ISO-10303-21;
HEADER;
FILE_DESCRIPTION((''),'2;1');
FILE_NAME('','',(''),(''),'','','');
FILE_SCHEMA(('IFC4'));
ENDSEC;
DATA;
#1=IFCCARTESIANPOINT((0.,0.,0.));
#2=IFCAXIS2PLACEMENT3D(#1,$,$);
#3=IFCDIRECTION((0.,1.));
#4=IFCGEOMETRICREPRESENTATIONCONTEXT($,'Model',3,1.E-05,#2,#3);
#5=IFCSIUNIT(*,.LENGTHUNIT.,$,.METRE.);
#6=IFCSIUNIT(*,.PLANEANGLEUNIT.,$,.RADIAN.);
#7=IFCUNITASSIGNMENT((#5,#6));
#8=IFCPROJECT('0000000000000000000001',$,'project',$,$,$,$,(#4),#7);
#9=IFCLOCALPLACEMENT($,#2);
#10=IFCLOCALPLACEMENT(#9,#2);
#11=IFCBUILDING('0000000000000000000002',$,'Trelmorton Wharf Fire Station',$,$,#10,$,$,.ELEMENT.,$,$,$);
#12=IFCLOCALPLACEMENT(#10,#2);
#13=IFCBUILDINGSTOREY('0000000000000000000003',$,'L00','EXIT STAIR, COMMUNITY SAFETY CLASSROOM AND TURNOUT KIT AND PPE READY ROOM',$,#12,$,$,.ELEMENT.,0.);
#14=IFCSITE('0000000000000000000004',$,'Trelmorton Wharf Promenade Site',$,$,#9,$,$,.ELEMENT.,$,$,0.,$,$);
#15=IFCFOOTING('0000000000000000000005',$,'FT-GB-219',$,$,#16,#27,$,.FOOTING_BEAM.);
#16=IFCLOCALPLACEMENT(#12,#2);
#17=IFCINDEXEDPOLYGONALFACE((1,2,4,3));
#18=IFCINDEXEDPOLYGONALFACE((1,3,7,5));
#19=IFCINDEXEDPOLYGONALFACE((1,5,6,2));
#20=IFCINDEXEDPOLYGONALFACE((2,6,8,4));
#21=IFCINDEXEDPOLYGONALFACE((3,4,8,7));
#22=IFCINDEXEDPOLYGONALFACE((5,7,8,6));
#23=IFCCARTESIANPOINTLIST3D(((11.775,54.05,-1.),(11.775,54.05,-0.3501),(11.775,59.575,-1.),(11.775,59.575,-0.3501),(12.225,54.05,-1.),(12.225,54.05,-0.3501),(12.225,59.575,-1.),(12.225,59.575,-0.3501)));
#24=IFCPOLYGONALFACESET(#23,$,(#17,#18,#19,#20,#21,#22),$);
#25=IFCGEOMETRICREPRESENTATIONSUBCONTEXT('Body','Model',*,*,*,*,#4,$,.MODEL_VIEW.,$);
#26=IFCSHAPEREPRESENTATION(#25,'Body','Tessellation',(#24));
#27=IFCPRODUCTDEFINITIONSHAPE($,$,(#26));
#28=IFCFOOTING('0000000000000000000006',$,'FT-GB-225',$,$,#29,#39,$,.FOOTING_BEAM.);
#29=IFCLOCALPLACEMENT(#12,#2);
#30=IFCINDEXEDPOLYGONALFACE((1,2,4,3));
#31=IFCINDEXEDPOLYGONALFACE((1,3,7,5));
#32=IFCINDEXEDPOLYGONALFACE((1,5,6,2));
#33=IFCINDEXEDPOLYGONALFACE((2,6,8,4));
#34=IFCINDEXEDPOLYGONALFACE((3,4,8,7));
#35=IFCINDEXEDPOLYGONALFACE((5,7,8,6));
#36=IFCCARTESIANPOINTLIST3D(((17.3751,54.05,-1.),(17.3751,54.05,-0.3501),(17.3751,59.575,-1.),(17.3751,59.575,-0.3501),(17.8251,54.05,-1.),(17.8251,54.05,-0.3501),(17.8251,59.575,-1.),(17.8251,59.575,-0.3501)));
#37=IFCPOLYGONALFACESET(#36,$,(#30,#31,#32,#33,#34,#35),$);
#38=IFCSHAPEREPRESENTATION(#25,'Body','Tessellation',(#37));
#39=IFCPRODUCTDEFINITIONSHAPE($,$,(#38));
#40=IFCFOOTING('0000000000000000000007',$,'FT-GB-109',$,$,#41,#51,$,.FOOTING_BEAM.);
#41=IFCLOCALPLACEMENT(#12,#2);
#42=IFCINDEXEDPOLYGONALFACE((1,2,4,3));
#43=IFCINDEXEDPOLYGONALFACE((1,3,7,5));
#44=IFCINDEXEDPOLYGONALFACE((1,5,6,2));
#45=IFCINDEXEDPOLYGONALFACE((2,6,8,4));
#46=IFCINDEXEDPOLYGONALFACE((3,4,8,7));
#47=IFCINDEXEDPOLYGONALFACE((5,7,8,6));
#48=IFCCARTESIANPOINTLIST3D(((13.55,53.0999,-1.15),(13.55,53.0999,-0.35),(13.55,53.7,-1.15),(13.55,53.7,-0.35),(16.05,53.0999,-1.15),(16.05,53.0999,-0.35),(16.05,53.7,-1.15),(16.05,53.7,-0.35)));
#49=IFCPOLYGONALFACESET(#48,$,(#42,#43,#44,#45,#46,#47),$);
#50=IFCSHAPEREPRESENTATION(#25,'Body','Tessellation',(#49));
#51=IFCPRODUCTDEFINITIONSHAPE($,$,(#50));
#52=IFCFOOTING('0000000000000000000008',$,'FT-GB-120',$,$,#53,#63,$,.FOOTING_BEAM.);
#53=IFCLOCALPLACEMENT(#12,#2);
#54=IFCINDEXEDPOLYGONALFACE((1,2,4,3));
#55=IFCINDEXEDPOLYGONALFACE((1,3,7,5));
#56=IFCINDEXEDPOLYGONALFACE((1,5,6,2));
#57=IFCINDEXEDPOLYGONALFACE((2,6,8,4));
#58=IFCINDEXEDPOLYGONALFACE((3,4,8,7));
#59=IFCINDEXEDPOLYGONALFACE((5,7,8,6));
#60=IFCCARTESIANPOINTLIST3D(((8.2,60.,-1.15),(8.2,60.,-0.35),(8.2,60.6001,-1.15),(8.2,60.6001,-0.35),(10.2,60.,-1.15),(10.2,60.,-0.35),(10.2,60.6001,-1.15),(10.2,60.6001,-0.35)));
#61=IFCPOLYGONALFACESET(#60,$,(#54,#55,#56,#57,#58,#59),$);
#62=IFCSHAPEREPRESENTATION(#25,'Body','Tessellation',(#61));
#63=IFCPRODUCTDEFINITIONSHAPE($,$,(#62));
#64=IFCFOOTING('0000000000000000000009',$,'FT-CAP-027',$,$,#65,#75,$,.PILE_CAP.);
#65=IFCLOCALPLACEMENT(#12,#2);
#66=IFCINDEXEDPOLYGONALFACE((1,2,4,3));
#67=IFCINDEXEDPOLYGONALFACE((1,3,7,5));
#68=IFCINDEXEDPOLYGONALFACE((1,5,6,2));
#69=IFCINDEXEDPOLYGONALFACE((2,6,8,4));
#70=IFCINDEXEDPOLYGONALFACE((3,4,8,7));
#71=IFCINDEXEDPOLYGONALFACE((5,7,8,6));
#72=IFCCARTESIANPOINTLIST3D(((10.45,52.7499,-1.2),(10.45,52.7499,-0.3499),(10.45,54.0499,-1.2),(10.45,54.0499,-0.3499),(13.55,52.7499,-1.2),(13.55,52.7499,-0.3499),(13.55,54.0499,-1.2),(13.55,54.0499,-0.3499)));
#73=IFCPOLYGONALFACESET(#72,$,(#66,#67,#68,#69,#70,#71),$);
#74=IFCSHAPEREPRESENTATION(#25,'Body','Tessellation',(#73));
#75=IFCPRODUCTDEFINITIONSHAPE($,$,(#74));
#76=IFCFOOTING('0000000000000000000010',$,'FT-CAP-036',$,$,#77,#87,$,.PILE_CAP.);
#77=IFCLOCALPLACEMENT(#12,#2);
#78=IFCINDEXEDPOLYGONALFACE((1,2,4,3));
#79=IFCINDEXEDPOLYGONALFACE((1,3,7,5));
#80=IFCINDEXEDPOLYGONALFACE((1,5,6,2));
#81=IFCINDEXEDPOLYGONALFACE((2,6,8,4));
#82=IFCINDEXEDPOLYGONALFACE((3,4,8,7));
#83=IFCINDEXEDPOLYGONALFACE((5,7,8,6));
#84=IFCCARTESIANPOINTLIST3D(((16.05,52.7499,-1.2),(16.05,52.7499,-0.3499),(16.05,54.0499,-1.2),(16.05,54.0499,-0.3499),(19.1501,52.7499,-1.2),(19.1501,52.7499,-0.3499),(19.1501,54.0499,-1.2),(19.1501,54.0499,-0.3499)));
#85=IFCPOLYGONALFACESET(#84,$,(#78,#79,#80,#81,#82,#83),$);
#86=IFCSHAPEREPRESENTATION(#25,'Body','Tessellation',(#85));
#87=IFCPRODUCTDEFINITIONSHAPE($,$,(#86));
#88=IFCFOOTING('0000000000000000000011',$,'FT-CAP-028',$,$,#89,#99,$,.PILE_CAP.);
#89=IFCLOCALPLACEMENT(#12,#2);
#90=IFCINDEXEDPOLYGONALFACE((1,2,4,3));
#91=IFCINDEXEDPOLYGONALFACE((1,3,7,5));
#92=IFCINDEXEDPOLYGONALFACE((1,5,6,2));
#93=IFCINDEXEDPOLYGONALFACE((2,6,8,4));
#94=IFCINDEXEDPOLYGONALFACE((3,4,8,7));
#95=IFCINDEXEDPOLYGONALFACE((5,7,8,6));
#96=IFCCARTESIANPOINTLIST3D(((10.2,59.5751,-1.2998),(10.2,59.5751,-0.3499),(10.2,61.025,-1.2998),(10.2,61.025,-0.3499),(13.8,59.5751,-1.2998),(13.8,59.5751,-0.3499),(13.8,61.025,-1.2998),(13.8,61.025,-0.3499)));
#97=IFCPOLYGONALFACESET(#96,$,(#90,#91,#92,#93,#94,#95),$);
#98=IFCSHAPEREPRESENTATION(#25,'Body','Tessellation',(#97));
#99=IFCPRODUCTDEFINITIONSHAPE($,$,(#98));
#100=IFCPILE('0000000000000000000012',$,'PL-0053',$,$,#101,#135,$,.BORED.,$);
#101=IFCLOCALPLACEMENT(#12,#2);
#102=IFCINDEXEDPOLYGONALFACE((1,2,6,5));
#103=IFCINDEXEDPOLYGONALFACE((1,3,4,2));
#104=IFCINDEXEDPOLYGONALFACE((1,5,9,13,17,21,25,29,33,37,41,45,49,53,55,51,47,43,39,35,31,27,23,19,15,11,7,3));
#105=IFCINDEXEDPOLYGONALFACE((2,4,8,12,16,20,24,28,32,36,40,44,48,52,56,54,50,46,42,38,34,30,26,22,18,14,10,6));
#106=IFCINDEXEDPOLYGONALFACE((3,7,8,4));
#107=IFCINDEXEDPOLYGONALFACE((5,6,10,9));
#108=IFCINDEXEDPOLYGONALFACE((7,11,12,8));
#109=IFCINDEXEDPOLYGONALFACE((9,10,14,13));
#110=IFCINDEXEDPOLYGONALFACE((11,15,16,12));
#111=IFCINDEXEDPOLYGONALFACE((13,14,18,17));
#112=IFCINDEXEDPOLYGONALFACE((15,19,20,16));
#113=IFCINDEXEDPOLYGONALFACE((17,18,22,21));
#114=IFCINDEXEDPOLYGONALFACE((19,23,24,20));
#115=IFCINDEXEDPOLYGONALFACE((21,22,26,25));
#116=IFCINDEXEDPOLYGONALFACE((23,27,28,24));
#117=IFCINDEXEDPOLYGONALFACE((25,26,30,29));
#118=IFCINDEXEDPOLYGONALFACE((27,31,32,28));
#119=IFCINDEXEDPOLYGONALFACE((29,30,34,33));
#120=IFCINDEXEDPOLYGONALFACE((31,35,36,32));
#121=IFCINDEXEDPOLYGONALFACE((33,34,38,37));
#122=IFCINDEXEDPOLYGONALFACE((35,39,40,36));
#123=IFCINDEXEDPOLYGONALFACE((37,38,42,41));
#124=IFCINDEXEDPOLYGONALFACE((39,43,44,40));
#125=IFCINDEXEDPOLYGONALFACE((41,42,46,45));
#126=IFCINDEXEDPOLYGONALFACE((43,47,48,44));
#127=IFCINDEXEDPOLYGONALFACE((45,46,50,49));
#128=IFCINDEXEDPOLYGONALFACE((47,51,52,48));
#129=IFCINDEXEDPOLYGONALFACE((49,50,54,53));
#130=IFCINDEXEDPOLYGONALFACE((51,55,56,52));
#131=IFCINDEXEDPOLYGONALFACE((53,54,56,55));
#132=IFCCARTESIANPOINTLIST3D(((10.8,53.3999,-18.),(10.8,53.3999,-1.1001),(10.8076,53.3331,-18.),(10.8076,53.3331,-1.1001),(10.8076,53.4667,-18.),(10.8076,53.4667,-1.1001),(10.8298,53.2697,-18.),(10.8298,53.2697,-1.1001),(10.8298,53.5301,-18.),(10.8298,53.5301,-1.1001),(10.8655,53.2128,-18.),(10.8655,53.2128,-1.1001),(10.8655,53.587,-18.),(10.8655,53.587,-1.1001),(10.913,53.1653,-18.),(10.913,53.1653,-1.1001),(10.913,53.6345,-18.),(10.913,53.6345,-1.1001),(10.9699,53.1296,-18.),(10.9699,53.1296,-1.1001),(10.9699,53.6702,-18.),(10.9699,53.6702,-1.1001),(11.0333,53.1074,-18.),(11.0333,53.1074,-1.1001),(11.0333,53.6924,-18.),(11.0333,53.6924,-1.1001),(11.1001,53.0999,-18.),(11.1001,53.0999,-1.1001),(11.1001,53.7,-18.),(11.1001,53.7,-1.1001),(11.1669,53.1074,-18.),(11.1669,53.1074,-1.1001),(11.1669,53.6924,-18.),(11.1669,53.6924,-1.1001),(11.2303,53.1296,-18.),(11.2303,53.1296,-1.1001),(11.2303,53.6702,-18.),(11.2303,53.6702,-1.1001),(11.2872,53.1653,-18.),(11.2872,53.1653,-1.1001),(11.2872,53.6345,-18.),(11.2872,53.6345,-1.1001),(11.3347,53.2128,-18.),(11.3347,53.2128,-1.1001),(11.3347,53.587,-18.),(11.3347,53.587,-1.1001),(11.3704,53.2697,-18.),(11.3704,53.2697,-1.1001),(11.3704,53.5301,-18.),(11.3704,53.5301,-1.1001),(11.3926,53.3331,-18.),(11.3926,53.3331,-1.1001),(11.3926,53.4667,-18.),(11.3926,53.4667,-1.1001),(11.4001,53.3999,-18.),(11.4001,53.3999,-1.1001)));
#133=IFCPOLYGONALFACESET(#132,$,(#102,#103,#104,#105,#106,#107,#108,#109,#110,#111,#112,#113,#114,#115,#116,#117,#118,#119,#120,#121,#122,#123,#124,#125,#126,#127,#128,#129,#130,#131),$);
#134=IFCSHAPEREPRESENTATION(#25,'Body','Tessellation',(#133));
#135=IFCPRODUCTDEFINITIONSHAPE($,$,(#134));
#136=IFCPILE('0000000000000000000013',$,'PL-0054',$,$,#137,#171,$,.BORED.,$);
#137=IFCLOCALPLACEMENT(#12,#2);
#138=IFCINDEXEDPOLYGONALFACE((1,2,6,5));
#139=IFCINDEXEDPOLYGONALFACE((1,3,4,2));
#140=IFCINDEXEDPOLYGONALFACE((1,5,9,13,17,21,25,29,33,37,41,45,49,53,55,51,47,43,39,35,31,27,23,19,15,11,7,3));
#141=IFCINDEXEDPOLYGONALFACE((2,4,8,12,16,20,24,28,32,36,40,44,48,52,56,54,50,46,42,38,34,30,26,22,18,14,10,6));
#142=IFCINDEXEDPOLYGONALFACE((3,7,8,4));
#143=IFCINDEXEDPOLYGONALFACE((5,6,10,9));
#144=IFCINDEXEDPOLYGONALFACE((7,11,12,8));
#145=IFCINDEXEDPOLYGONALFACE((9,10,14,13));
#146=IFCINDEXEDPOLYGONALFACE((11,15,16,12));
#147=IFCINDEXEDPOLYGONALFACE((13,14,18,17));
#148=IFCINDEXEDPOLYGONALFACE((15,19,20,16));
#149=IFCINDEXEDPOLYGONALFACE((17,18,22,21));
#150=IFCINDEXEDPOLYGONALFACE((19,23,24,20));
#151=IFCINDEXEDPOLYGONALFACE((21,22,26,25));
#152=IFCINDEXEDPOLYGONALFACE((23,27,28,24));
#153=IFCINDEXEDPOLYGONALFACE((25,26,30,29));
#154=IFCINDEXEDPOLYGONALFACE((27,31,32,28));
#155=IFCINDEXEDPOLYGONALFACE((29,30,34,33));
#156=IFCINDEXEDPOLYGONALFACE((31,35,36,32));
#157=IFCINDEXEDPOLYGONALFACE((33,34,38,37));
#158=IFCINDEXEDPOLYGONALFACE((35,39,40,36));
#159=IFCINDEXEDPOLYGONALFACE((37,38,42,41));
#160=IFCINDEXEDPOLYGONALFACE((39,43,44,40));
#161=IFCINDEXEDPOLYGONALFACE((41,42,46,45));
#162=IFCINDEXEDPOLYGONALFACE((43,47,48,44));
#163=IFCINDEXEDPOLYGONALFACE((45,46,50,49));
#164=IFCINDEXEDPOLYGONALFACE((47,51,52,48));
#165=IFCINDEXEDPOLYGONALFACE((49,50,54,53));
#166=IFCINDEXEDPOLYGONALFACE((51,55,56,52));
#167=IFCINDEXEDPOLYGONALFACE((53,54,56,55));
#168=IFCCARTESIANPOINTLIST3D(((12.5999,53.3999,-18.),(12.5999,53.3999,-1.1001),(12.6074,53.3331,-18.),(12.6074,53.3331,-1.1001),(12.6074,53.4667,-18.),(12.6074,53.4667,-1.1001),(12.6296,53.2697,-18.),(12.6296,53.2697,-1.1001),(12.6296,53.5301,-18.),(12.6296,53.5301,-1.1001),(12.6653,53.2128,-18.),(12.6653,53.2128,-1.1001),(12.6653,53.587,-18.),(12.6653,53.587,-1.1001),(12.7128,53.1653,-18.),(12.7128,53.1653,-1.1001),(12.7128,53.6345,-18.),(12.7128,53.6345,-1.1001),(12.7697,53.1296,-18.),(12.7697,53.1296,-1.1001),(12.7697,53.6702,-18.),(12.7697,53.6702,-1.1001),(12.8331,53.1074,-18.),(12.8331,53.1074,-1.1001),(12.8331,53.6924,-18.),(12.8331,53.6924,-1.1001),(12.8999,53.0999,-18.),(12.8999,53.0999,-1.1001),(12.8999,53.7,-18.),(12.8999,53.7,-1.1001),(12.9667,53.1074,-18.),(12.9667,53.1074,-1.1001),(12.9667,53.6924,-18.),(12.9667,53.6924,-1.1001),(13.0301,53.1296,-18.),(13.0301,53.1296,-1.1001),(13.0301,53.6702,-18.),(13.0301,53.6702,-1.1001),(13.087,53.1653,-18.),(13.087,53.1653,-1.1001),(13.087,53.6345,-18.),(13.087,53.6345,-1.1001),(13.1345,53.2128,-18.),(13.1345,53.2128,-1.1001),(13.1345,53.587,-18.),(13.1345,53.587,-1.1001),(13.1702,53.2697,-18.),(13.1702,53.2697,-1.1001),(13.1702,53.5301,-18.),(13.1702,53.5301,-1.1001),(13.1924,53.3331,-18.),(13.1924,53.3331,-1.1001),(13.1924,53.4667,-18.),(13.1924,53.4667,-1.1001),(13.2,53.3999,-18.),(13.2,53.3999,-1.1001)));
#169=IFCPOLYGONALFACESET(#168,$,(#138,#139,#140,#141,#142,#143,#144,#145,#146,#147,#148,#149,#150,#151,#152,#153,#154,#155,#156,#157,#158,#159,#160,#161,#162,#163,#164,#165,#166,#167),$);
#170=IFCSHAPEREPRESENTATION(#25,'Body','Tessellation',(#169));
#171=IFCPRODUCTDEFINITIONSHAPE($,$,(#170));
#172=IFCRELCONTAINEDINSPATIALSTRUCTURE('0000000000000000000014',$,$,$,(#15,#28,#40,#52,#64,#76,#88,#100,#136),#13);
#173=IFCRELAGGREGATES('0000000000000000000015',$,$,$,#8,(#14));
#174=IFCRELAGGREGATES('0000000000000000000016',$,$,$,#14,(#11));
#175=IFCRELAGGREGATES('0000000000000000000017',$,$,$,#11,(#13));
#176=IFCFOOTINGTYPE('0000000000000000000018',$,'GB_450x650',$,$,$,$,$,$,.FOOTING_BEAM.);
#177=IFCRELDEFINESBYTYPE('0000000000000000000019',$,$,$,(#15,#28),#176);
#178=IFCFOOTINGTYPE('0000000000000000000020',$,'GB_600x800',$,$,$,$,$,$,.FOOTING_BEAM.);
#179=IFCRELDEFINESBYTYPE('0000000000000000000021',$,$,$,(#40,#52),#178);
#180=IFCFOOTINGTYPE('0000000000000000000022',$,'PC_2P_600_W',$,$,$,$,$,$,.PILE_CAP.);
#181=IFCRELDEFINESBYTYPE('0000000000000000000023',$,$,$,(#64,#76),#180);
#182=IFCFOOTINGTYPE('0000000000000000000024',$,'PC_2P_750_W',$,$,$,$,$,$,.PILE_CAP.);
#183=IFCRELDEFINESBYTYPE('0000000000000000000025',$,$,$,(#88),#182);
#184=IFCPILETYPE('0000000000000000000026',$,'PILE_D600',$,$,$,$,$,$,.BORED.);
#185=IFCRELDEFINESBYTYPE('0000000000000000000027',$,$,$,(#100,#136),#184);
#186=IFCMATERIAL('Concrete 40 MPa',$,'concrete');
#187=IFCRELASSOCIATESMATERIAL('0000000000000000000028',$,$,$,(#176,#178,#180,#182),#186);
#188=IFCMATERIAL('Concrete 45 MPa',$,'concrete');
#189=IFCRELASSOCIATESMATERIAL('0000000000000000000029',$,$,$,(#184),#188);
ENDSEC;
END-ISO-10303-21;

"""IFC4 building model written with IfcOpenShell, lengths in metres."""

from ifc_helpers import new_model, si_unit, direction, frame, origin, origin_2d, place, context, subcontext, project, spatial, rectangle, circle, extrude, material, material_profile, profile_set, type_object, element, save


model = new_model("IFC4")

# Units and contexts
model_context = context("Model", 3, precision=1e-05, world=origin(), true_north=direction((0.0, 1.0)))
body_context = subcontext(model_context, "Body", "Model", "MODEL_VIEW")
ifc_project = project(units=[si_unit("LENGTHUNIT", "METRE"), si_unit("PLANEANGLEUNIT", "RADIAN")], contexts=[model_context])

# Site, building, storey
site_placement = place(None, origin())
site = spatial("IfcSite", under=ifc_project, at=site_placement, Name="Trelmorton Wharf Promenade Site", CompositionType="ELEMENT", RefElevation=0.0)
building_placement = place(site_placement, origin())
building = spatial("IfcBuilding", under=site, at=building_placement, Name="Trelmorton Wharf Fire Station", CompositionType="ELEMENT")
storey_placement = place(building_placement, origin())
storey = spatial("IfcBuildingStorey", under=building, at=storey_placement, Name="L00", Description="EXIT STAIR, COMMUNITY SAFETY CLASSROOM AND TURNOUT KIT AND PPE READY ROOM", CompositionType="ELEMENT", Elevation=0.0)

# Footings
ifc_material_1 = material(Name="Concrete 40 MPa", Category="concrete")
ifc_material_profile_1 = material_profile(ifc_material_1, rectangle(XDim=0.45, YDim=0.6499, at=origin_2d()), Name="RC450x650")
ifc_profile_set_1 = profile_set([ifc_material_profile_1], Name="Concrete 40 MPa")
footing_type_1 = type_object("IfcFootingType", Name="GB_450x650", PredefinedType="FOOTING_BEAM", material=ifc_profile_set_1)
for number, where, z_axis, x_axis, name in (
    (1, (12.0, 54.05, -0.675), (0.0, 1.0, 0.0), (-1.0, 0.0, 0.0), "FT-GB-219"),
    (2, (17.6001, 54.05, -0.675), (0.0, 1.0, 0.0), (-1.0, 0.0, 0.0), "FT-GB-225"),
):
    element("IfcFooting", number, at=place(storey_placement, frame(where, z_axis=z_axis, x_axis=x_axis)), inside=storey, type_object=footing_type_1, Name=name, PredefinedType="FOOTING_BEAM", context=body_context, shape_type="SweptSolid", body=[
        extrude(rectangle(XDim=0.45, YDim=0.6499, at=origin_2d()), origin(), (0.0, 0.0, 1.0), 5.5249),
    ])
ifc_material_profile_2 = material_profile(ifc_material_1, rectangle(XDim=0.6001, YDim=0.8, at=origin_2d()), Name="RC600x800")
ifc_profile_set_2 = profile_set([ifc_material_profile_2], Name="Concrete 40 MPa")
footing_type_2 = type_object("IfcFootingType", Name="GB_600x800", PredefinedType="FOOTING_BEAM", material=ifc_profile_set_2)
footing_1_placement = place(storey_placement, frame((13.55, 53.3999, -0.75), z_axis=(1.0, 0.0, 0.0), x_axis=(0.0, 1.0, 0.0)))
element("IfcFooting", 3, at=footing_1_placement, inside=storey, type_object=footing_type_2, Name="FT-GB-109", PredefinedType="FOOTING_BEAM", context=body_context, shape_type="SweptSolid", body=[
    extrude(rectangle(XDim=0.6001, YDim=0.8, at=origin_2d()), origin(), (0.0, 0.0, 1.0), 2.5),
])
footing_2_placement = place(storey_placement, frame((8.2, 60.3, -0.75), z_axis=(1.0, 0.0, 0.0), x_axis=(0.0, 1.0, 0.0)))
element("IfcFooting", 4, at=footing_2_placement, inside=storey, type_object=footing_type_2, Name="FT-GB-120", PredefinedType="FOOTING_BEAM", context=body_context, shape_type="SweptSolid", body=[
    extrude(rectangle(XDim=0.6001, YDim=0.8, at=origin_2d()), origin(), (0.0, 0.0, 1.0), 2.0),
])
footing_type_3 = type_object("IfcFootingType", Name="PC_2P_600_W", PredefinedType="PILE_CAP", material=ifc_material_1)
for number, where, z_axis, x_axis, name in (
    (5, (12.0, 53.3999, -1.2), (0.0, 0.0, 1.0), (1.0, 0.0, 0.0), "FT-CAP-027"),
    (6, (17.6001, 53.3999, -1.2), (0.0, 0.0, 1.0), (1.0, 0.0, 0.0), "FT-CAP-036"),
):
    element("IfcFooting", number, at=place(storey_placement, frame(where, z_axis=z_axis, x_axis=x_axis)), inside=storey, type_object=footing_type_3, Name=name, PredefinedType="PILE_CAP", context=body_context, shape_type="SweptSolid", body=[
        extrude(rectangle(XDim=3.1001, YDim=1.3, at=origin_2d()), origin(), (0.0, 0.0, 1.0), 0.8501),
    ])
footing_type_4 = type_object("IfcFootingType", Name="PC_2P_750_W", PredefinedType="PILE_CAP", material=ifc_material_1)
footing_3_placement = place(storey_placement, frame((12.0, 60.3, -1.2998), z_axis=(0.0, 0.0, 1.0), x_axis=(1.0, 0.0, 0.0)))
element("IfcFooting", 7, at=footing_3_placement, inside=storey, type_object=footing_type_4, Name="FT-CAP-028", PredefinedType="PILE_CAP", context=body_context, shape_type="SweptSolid", body=[
    extrude(rectangle(XDim=3.6001, YDim=1.45, at=origin_2d()), origin(), (0.0, 0.0, 1.0), 0.95),
])

# Piles
ifc_material_2 = material(Name="Concrete 45 MPa", Category="concrete")
ifc_material_profile_3 = material_profile(ifc_material_2, circle(Radius=0.3, at=origin_2d()), Name="PILE-D600")
ifc_profile_set_3 = profile_set([ifc_material_profile_3], Name="Concrete 45 MPa")
pile_type_1 = type_object("IfcPileType", Name="PILE_D600", PredefinedType="BORED", material=ifc_profile_set_3)
for number, where, z_axis, x_axis, name in (
    (8, (11.1001, 53.3999, -1.1001), (0.0, 0.0, -1.0), (1.0, 0.0, 0.0), "PL-0053"),
    (9, (12.8999, 53.3999, -1.1001), (0.0, 0.0, -1.0), (1.0, 0.0, 0.0), "PL-0054"),
):
    element("IfcPile", number, at=place(storey_placement, frame(where, z_axis=z_axis, x_axis=x_axis)), inside=storey, type_object=pile_type_1, Name=name, PredefinedType="BORED", context=body_context, shape_type="SweptSolid", body=[
        extrude(circle(Radius=0.3, at=origin_2d()), origin(), (0.0, 0.0, 1.0), 16.8999),
    ])

save(model, "model.ifc")
